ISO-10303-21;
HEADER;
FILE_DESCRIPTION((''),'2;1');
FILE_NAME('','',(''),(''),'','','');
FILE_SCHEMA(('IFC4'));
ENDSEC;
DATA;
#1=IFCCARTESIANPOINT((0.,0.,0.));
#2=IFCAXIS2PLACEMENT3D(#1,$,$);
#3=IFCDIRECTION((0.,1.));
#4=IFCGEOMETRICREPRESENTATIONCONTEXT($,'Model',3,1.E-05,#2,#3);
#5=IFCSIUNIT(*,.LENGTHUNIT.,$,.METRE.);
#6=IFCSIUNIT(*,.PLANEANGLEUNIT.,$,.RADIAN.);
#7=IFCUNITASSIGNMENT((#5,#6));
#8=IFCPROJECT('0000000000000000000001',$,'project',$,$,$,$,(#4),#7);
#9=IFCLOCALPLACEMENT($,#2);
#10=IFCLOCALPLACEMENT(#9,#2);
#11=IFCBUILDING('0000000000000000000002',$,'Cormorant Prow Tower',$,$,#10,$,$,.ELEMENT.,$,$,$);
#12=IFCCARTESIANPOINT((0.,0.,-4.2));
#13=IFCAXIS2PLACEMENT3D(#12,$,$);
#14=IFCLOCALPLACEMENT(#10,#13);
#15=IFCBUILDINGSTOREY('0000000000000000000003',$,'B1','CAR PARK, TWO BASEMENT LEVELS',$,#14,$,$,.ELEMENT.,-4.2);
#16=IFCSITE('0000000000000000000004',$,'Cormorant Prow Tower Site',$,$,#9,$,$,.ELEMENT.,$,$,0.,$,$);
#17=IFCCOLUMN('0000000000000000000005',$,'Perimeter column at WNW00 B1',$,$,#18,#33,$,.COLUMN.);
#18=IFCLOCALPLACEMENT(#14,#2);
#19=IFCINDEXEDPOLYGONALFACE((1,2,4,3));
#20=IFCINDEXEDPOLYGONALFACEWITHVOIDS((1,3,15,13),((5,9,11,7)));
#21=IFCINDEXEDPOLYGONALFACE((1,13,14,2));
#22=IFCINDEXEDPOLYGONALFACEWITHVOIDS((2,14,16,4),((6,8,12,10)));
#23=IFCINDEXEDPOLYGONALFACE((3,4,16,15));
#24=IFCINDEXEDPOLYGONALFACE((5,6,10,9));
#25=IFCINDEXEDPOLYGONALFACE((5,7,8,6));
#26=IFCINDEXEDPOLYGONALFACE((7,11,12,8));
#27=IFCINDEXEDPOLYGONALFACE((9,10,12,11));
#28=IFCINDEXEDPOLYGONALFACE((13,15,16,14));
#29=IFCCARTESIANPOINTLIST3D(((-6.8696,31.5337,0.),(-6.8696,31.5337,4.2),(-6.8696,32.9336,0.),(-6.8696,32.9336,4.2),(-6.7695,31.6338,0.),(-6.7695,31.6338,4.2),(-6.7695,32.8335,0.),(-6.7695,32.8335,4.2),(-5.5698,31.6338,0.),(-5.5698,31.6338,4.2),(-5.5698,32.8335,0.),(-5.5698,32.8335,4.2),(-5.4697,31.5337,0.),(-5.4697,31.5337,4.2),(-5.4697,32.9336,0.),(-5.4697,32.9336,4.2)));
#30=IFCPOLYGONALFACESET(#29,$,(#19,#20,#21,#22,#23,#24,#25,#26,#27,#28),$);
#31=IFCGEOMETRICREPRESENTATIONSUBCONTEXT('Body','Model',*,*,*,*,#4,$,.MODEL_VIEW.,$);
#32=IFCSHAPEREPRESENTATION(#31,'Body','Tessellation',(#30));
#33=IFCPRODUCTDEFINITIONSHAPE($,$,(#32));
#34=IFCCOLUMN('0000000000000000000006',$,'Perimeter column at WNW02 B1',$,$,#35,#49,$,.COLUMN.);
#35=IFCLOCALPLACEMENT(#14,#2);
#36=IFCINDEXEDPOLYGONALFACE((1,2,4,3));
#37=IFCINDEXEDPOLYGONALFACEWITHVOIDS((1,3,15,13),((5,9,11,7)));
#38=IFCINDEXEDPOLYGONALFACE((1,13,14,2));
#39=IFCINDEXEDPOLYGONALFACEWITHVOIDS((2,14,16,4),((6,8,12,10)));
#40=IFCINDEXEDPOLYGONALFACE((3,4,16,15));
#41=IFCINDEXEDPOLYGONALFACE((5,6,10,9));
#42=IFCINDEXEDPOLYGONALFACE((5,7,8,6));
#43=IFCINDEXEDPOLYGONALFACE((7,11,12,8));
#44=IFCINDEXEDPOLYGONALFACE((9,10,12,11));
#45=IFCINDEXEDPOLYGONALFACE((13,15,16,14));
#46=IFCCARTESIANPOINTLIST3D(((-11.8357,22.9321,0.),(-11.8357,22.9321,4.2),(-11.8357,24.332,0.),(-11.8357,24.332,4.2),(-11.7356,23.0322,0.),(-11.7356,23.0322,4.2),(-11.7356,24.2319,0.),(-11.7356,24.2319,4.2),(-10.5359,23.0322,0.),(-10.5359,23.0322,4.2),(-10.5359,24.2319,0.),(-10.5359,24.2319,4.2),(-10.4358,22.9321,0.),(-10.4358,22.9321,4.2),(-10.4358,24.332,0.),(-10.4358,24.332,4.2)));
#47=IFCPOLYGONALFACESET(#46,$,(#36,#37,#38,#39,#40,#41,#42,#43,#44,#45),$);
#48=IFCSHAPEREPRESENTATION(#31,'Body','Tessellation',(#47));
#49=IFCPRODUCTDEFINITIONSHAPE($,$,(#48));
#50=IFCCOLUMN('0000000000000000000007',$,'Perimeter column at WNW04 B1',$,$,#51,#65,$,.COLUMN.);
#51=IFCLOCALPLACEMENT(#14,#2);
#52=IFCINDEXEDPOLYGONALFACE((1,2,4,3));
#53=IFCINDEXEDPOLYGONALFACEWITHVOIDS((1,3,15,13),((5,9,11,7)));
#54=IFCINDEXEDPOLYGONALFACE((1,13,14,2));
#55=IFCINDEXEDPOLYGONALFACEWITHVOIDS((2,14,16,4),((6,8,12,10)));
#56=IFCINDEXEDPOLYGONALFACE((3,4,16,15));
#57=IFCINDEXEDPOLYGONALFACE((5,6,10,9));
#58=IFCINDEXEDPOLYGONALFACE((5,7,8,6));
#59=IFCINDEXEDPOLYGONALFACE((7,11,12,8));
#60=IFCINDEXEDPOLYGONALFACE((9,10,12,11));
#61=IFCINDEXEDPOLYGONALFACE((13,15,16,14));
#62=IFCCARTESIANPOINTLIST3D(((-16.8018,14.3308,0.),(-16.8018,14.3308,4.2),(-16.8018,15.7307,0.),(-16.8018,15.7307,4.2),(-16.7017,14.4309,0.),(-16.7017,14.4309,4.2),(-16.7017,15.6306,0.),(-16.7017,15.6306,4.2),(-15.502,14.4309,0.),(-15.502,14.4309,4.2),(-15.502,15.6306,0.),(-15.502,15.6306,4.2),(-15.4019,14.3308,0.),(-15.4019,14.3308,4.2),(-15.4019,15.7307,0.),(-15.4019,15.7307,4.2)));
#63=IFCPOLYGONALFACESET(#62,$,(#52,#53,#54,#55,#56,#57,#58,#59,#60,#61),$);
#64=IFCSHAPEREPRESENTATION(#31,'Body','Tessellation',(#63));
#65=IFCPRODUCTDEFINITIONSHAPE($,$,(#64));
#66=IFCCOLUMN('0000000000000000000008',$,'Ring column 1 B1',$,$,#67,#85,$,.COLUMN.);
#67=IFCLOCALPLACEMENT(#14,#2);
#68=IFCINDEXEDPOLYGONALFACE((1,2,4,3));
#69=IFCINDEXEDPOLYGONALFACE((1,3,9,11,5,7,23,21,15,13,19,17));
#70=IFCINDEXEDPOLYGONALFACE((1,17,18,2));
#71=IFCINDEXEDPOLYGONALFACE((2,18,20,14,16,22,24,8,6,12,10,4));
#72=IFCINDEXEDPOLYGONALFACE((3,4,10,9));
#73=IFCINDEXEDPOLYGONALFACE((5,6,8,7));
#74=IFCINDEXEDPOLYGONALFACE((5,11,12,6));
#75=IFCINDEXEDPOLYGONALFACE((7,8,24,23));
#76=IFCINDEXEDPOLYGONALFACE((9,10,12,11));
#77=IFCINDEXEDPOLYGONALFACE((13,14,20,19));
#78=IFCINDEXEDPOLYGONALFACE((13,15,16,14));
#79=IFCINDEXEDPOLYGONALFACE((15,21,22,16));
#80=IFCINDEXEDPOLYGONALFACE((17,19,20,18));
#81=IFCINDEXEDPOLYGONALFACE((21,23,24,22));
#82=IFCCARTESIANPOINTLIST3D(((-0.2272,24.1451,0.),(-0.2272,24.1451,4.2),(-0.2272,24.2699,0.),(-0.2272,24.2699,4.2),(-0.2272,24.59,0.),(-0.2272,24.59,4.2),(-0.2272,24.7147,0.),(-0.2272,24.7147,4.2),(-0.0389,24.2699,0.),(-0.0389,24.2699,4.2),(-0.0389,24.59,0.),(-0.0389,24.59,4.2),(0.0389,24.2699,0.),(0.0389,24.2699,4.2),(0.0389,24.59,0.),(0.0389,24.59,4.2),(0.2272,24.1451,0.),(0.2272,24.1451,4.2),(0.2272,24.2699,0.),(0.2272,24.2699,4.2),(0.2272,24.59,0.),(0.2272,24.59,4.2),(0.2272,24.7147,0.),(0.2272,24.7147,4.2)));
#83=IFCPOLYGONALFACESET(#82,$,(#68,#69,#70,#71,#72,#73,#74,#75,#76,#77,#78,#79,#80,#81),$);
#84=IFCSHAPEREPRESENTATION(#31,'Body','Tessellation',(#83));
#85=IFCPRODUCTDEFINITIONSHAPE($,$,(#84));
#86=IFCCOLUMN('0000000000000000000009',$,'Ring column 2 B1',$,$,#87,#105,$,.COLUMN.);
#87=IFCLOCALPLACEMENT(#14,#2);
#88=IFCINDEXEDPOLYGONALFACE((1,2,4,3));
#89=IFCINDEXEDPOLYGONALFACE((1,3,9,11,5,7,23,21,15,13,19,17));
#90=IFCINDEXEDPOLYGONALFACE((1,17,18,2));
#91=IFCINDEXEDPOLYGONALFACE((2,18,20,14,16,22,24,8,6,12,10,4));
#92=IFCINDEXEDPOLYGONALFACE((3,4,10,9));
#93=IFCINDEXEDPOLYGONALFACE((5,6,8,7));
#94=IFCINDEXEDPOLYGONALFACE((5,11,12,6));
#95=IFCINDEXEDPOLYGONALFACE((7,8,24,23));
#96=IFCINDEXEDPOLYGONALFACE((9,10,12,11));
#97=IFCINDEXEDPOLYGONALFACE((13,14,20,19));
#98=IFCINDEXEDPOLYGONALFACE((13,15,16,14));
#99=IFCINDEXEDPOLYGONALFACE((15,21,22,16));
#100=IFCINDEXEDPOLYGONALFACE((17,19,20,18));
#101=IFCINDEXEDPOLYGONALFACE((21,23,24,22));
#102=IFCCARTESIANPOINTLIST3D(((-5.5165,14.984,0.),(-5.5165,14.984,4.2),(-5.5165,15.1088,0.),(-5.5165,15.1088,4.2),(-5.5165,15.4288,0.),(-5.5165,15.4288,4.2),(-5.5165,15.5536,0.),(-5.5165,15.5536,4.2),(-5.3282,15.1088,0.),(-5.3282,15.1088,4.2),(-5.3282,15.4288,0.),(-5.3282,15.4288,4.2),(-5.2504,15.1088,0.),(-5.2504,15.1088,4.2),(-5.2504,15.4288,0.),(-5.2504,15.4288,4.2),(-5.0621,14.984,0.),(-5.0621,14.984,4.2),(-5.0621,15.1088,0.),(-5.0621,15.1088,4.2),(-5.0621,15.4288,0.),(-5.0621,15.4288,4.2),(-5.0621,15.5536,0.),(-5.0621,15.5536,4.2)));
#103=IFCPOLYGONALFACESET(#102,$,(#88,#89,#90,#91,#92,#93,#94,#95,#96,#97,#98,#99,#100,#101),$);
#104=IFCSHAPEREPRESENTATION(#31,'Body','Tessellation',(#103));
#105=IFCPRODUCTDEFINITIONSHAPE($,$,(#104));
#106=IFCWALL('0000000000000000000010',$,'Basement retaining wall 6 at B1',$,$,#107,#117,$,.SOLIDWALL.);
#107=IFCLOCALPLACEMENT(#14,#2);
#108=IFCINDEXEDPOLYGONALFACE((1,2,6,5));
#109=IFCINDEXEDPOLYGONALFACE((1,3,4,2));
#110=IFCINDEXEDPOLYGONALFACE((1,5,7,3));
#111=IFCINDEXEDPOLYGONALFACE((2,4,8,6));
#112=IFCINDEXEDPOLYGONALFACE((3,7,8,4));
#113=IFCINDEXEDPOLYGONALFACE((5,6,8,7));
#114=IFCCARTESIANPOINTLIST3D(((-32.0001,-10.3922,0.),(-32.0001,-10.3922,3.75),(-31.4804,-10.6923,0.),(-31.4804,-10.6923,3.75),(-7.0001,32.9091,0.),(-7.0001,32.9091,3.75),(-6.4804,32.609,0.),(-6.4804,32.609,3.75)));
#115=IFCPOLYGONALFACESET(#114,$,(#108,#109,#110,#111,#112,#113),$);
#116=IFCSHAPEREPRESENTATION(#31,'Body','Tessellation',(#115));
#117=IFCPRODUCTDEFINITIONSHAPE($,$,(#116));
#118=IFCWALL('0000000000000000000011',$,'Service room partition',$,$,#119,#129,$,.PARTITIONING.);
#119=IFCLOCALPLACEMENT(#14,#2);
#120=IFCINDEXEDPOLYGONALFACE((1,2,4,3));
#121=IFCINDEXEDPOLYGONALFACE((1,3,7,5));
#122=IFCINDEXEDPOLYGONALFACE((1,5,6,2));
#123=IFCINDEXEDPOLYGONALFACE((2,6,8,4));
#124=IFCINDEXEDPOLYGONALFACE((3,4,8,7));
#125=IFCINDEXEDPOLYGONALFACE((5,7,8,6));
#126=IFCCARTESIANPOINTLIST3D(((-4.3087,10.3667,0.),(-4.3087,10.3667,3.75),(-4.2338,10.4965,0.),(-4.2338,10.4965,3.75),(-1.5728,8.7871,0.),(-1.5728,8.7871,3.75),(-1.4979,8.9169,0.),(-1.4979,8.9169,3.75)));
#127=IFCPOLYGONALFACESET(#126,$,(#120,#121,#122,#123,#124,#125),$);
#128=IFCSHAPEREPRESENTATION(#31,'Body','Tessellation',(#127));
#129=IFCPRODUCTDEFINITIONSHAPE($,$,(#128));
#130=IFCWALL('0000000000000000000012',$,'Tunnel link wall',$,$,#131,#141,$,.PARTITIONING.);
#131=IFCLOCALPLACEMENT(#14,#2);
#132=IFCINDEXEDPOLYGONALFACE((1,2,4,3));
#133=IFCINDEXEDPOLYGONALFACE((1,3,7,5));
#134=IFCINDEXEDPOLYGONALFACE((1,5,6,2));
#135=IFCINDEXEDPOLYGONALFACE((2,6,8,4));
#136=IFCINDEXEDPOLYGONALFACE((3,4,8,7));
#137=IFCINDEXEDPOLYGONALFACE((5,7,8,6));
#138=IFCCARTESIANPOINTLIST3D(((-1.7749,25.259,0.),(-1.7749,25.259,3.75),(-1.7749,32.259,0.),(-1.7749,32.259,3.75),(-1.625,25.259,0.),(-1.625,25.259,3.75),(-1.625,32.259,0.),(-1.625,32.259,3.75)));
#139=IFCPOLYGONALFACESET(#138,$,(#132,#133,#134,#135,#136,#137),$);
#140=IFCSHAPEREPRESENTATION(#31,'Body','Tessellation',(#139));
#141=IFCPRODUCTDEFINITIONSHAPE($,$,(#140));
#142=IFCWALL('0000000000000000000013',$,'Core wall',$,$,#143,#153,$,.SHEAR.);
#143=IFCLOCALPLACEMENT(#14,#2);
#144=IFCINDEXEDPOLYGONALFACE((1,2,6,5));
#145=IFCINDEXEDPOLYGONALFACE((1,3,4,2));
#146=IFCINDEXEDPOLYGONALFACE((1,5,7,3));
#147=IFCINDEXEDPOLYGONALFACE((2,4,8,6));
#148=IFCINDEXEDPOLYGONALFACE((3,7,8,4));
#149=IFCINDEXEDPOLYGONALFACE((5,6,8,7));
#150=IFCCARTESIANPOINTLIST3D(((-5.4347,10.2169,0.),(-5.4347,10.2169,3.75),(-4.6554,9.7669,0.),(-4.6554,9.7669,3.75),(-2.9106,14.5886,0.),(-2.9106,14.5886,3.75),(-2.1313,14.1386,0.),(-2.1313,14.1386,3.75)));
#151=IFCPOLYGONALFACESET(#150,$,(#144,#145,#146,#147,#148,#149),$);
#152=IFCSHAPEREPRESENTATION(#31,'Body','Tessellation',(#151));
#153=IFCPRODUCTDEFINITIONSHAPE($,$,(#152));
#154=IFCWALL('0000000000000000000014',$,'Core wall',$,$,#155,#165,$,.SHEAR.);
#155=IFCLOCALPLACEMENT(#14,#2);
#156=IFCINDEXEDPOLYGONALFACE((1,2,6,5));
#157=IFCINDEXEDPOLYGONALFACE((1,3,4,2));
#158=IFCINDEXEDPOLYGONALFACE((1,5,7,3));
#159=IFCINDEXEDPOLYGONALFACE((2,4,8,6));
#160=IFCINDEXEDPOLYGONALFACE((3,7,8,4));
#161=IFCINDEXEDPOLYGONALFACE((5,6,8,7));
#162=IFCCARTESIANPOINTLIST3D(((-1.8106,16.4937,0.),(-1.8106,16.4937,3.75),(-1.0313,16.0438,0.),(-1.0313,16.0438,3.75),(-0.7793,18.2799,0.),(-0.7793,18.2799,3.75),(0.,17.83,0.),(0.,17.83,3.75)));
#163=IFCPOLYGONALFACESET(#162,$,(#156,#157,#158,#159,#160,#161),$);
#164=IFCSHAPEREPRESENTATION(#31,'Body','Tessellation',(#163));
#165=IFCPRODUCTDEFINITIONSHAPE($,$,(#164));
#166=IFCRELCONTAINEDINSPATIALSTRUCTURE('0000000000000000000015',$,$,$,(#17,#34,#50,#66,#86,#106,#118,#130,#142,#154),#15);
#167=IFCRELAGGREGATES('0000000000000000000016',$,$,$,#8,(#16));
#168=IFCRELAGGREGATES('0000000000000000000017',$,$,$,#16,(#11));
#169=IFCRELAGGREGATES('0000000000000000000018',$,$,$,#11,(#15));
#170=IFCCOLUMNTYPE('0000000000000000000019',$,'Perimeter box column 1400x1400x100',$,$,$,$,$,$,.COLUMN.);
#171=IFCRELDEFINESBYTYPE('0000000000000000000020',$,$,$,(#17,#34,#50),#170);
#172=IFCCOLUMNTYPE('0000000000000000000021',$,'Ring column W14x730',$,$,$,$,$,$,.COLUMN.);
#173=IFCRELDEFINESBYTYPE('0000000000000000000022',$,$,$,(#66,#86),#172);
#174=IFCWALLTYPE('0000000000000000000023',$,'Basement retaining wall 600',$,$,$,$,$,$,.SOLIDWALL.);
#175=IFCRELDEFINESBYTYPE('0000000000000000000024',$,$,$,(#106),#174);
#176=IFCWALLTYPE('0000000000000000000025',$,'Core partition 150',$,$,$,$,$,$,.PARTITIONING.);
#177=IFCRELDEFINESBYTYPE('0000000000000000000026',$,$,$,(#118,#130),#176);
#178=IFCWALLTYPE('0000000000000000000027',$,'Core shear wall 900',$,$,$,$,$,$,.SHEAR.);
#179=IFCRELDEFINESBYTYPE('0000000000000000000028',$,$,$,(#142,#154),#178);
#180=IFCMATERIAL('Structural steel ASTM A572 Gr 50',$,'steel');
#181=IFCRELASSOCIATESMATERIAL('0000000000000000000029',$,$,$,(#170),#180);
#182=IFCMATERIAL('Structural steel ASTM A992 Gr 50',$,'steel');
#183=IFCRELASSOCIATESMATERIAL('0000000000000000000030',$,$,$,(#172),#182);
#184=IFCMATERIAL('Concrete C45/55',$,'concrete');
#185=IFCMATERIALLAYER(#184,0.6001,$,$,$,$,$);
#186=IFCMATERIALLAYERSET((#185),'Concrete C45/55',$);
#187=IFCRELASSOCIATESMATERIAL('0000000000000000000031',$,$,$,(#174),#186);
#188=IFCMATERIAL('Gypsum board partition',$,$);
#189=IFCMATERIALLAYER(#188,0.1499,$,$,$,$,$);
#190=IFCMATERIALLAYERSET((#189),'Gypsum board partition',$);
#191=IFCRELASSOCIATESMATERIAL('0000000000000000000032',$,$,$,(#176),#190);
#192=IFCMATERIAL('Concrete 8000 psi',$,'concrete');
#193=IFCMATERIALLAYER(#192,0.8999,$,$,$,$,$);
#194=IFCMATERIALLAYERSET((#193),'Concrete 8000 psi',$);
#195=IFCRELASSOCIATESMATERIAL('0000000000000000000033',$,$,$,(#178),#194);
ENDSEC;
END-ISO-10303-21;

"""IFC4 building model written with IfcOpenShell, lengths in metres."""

from ifc_helpers import new_model, si_unit, direction, frame, frame_2d, origin, origin_2d, place, context, subcontext, project, spatial, rectangle, hollow_rectangle, i_section, extrude, material, layer, layer_set, material_profile, profile_set, type_object, element, save


model = new_model("IFC4")

# Units and contexts
model_context = context("Model", 3, precision=1e-05, world=origin(), true_north=direction((0.0, 1.0)))
body_context = subcontext(model_context, "Body", "Model", "MODEL_VIEW")
ifc_project = project(units=[si_unit("LENGTHUNIT", "METRE"), si_unit("PLANEANGLEUNIT", "RADIAN")], contexts=[model_context])

# Site, building, storey
site_placement = place(None, origin())
site = spatial("IfcSite", under=ifc_project, at=site_placement, Name="Cormorant Prow Tower Site", CompositionType="ELEMENT", RefElevation=0.0)
building_placement = place(site_placement, origin())
building = spatial("IfcBuilding", under=site, at=building_placement, Name="Cormorant Prow Tower", CompositionType="ELEMENT")
storey_placement = place(building_placement, frame((0.0, 0.0, -4.2)))
storey = spatial("IfcBuildingStorey", under=building, at=storey_placement, Name="B1", Description="CAR PARK, TWO BASEMENT LEVELS", CompositionType="ELEMENT", Elevation=-4.2)

# Columns
ifc_material_1 = material(Name="Structural steel ASTM A572 Gr 50", Category="steel")
ifc_material_profile_1 = material_profile(ifc_material_1, hollow_rectangle(XDim=1.3999, YDim=1.3999, WallThickness=0.1001, at=origin_2d()), Name="Box 1400x1400x100")
ifc_profile_set_1 = profile_set([ifc_material_profile_1], Name="Structural steel ASTM A572 Gr 50")
column_type_1 = type_object("IfcColumnType", Name="Perimeter box column 1400x1400x100", PredefinedType="COLUMN", material=ifc_profile_set_1)
for number, where, z_axis, x_axis, name in (
    (1, (-6.1697, 32.2336, 0.0), (0.0, 0.0, 1.0), (1.0, 0.0, 0.0), "Perimeter column at WNW00 B1"),
    (2, (-11.1357, 23.6321, 0.0), (0.0, 0.0, 1.0), (1.0, 0.0, 0.0), "Perimeter column at WNW02 B1"),
    (3, (-16.1018, 15.0308, 0.0), (0.0, 0.0, 1.0), (1.0, 0.0, 0.0), "Perimeter column at WNW04 B1"),
):
    element("IfcColumn", number, at=place(storey_placement, frame(where, z_axis=z_axis, x_axis=x_axis)), inside=storey, type_object=column_type_1, Name=name, PredefinedType="COLUMN", context=body_context, shape_type="SweptSolid", body=[
        extrude(hollow_rectangle(XDim=1.3999, YDim=1.3999, WallThickness=0.1001, at=origin_2d()), origin(), (0.0, 0.0, 1.0), 4.2),
    ])
ifc_material_2 = material(Name="Structural steel ASTM A992 Gr 50", Category="steel")
ifc_material_profile_2 = material_profile(ifc_material_2, i_section(OverallWidth=0.4543, OverallDepth=0.5696, WebThickness=0.0779, FlangeThickness=0.1248, at=origin_2d()), Name="W14x730")
ifc_profile_set_2 = profile_set([ifc_material_profile_2], Name="Structural steel ASTM A992 Gr 50")
column_type_2 = type_object("IfcColumnType", Name="Ring column W14x730", PredefinedType="COLUMN", material=ifc_profile_set_2)
for number, where, z_axis, x_axis, name in (
    (4, (0.0, 24.4299, 0.0), (0.0, 0.0, 1.0), (1.0, 0.0, 0.0), "Ring column 1 B1"),
    (5, (-5.2893, 15.2688, 0.0), (0.0, 0.0, 1.0), (1.0, 0.0, 0.0), "Ring column 2 B1"),
):
    element("IfcColumn", number, at=place(storey_placement, frame(where, z_axis=z_axis, x_axis=x_axis)), inside=storey, type_object=column_type_2, Name=name, PredefinedType="COLUMN", context=body_context, shape_type="SweptSolid", body=[
        extrude(i_section(OverallWidth=0.4543, OverallDepth=0.5696, WebThickness=0.0779, FlangeThickness=0.1248, at=origin_2d()), origin(), (0.0, 0.0, 1.0), 4.2),
    ])

# Walls
ifc_material_3 = material(Name="Concrete C45/55", Category="concrete")
ifc_layer_1 = layer(ifc_material_3, 0.6001)
ifc_layer_set_1 = layer_set([ifc_layer_1], Name="Concrete C45/55")
wall_type_1 = type_object("IfcWallType", Name="Basement retaining wall 600", PredefinedType="SOLIDWALL", material=ifc_layer_set_1)
wall_1_placement = place(storey_placement, frame((-6.7402, 32.759, 0.0), z_axis=(0.0, 0.0, 1.0), x_axis=(-0.5, -0.866025, 0.0)))
element("IfcWall", 6, at=wall_1_placement, inside=storey, type_object=wall_type_1, Name="Basement retaining wall 6 at B1", PredefinedType="SOLIDWALL", context=body_context, shape_type="SweptSolid", body=[
    extrude(rectangle(XDim=50.0, YDim=0.6001, at=frame_2d((25.0, 0.0))), origin(), (0.0, 0.0, 1.0), 3.75),
])
ifc_material_4 = material(Name="Gypsum board partition")
ifc_layer_2 = layer(ifc_material_4, 0.1499)
ifc_layer_set_2 = layer_set([ifc_layer_2], Name="Gypsum board partition")
wall_type_2 = type_object("IfcWallType", Name="Core partition 150", PredefinedType="PARTITIONING", material=ifc_layer_set_2)
wall_2_placement = place(storey_placement, frame((-4.2712, 10.4316, 0.0), z_axis=(0.0, 0.0, 1.0), x_axis=(0.866018, -0.500012, 0.0)))
element("IfcWall", 7, at=wall_2_placement, inside=storey, type_object=wall_type_2, Name="Service room partition", PredefinedType="PARTITIONING", context=body_context, shape_type="SweptSolid", body=[
    extrude(rectangle(XDim=3.1592, YDim=0.1499, at=frame_2d((1.5796, 0.0))), origin(), (0.0, 0.0, 1.0), 3.75),
])
wall_3_placement = place(storey_placement, frame((-1.7, 25.259, 0.0), z_axis=(0.0, 0.0, 1.0), x_axis=(0.0, 1.0, 0.0)))
element("IfcWall", 8, at=wall_3_placement, inside=storey, type_object=wall_type_2, Name="Tunnel link wall", PredefinedType="PARTITIONING", context=body_context, shape_type="SweptSolid", body=[
    extrude(rectangle(XDim=7.0, YDim=0.1499, at=frame_2d((3.5, 0.0))), origin(), (0.0, 0.0, 1.0), 3.75),
])
ifc_material_5 = material(Name="Concrete 8000 psi", Category="concrete")
ifc_layer_3 = layer(ifc_material_5, 0.8999)
ifc_layer_set_3 = layer_set([ifc_layer_3], Name="Concrete 8000 psi")
wall_type_3 = type_object("IfcWallType", Name="Core shear wall 900", PredefinedType="SHEAR", material=ifc_layer_set_3)
wall_4_placement = place(storey_placement, frame((-2.521, 14.3635, 0.0), z_axis=(0.0, 0.0, 1.0), x_axis=(-0.500014, -0.866017, 0.0)))
element("IfcWall", 9, at=wall_4_placement, inside=storey, type_object=wall_type_3, Name="Core wall", PredefinedType="SHEAR", context=body_context, shape_type="SweptSolid", body=[
    extrude(rectangle(XDim=5.0481, YDim=0.8999, at=frame_2d((2.5239, 0.0))), origin(), (0.0, 0.0, 1.0), 3.75),
])
wall_5_placement = place(storey_placement, frame((-0.3896, 18.0549, 0.0), z_axis=(0.0, 0.0, 1.0), x_axis=(-0.500009, -0.86602, 0.0)))
element("IfcWall", 10, at=wall_5_placement, inside=storey, type_object=wall_type_3, Name="Core wall", PredefinedType="SHEAR", context=body_context, shape_type="SweptSolid", body=[
    extrude(rectangle(XDim=2.0625, YDim=0.8999, at=frame_2d((1.0312, 0.0))), origin(), (0.0, 0.0, 1.0), 3.75),
])

save(model, "model.ifc")
